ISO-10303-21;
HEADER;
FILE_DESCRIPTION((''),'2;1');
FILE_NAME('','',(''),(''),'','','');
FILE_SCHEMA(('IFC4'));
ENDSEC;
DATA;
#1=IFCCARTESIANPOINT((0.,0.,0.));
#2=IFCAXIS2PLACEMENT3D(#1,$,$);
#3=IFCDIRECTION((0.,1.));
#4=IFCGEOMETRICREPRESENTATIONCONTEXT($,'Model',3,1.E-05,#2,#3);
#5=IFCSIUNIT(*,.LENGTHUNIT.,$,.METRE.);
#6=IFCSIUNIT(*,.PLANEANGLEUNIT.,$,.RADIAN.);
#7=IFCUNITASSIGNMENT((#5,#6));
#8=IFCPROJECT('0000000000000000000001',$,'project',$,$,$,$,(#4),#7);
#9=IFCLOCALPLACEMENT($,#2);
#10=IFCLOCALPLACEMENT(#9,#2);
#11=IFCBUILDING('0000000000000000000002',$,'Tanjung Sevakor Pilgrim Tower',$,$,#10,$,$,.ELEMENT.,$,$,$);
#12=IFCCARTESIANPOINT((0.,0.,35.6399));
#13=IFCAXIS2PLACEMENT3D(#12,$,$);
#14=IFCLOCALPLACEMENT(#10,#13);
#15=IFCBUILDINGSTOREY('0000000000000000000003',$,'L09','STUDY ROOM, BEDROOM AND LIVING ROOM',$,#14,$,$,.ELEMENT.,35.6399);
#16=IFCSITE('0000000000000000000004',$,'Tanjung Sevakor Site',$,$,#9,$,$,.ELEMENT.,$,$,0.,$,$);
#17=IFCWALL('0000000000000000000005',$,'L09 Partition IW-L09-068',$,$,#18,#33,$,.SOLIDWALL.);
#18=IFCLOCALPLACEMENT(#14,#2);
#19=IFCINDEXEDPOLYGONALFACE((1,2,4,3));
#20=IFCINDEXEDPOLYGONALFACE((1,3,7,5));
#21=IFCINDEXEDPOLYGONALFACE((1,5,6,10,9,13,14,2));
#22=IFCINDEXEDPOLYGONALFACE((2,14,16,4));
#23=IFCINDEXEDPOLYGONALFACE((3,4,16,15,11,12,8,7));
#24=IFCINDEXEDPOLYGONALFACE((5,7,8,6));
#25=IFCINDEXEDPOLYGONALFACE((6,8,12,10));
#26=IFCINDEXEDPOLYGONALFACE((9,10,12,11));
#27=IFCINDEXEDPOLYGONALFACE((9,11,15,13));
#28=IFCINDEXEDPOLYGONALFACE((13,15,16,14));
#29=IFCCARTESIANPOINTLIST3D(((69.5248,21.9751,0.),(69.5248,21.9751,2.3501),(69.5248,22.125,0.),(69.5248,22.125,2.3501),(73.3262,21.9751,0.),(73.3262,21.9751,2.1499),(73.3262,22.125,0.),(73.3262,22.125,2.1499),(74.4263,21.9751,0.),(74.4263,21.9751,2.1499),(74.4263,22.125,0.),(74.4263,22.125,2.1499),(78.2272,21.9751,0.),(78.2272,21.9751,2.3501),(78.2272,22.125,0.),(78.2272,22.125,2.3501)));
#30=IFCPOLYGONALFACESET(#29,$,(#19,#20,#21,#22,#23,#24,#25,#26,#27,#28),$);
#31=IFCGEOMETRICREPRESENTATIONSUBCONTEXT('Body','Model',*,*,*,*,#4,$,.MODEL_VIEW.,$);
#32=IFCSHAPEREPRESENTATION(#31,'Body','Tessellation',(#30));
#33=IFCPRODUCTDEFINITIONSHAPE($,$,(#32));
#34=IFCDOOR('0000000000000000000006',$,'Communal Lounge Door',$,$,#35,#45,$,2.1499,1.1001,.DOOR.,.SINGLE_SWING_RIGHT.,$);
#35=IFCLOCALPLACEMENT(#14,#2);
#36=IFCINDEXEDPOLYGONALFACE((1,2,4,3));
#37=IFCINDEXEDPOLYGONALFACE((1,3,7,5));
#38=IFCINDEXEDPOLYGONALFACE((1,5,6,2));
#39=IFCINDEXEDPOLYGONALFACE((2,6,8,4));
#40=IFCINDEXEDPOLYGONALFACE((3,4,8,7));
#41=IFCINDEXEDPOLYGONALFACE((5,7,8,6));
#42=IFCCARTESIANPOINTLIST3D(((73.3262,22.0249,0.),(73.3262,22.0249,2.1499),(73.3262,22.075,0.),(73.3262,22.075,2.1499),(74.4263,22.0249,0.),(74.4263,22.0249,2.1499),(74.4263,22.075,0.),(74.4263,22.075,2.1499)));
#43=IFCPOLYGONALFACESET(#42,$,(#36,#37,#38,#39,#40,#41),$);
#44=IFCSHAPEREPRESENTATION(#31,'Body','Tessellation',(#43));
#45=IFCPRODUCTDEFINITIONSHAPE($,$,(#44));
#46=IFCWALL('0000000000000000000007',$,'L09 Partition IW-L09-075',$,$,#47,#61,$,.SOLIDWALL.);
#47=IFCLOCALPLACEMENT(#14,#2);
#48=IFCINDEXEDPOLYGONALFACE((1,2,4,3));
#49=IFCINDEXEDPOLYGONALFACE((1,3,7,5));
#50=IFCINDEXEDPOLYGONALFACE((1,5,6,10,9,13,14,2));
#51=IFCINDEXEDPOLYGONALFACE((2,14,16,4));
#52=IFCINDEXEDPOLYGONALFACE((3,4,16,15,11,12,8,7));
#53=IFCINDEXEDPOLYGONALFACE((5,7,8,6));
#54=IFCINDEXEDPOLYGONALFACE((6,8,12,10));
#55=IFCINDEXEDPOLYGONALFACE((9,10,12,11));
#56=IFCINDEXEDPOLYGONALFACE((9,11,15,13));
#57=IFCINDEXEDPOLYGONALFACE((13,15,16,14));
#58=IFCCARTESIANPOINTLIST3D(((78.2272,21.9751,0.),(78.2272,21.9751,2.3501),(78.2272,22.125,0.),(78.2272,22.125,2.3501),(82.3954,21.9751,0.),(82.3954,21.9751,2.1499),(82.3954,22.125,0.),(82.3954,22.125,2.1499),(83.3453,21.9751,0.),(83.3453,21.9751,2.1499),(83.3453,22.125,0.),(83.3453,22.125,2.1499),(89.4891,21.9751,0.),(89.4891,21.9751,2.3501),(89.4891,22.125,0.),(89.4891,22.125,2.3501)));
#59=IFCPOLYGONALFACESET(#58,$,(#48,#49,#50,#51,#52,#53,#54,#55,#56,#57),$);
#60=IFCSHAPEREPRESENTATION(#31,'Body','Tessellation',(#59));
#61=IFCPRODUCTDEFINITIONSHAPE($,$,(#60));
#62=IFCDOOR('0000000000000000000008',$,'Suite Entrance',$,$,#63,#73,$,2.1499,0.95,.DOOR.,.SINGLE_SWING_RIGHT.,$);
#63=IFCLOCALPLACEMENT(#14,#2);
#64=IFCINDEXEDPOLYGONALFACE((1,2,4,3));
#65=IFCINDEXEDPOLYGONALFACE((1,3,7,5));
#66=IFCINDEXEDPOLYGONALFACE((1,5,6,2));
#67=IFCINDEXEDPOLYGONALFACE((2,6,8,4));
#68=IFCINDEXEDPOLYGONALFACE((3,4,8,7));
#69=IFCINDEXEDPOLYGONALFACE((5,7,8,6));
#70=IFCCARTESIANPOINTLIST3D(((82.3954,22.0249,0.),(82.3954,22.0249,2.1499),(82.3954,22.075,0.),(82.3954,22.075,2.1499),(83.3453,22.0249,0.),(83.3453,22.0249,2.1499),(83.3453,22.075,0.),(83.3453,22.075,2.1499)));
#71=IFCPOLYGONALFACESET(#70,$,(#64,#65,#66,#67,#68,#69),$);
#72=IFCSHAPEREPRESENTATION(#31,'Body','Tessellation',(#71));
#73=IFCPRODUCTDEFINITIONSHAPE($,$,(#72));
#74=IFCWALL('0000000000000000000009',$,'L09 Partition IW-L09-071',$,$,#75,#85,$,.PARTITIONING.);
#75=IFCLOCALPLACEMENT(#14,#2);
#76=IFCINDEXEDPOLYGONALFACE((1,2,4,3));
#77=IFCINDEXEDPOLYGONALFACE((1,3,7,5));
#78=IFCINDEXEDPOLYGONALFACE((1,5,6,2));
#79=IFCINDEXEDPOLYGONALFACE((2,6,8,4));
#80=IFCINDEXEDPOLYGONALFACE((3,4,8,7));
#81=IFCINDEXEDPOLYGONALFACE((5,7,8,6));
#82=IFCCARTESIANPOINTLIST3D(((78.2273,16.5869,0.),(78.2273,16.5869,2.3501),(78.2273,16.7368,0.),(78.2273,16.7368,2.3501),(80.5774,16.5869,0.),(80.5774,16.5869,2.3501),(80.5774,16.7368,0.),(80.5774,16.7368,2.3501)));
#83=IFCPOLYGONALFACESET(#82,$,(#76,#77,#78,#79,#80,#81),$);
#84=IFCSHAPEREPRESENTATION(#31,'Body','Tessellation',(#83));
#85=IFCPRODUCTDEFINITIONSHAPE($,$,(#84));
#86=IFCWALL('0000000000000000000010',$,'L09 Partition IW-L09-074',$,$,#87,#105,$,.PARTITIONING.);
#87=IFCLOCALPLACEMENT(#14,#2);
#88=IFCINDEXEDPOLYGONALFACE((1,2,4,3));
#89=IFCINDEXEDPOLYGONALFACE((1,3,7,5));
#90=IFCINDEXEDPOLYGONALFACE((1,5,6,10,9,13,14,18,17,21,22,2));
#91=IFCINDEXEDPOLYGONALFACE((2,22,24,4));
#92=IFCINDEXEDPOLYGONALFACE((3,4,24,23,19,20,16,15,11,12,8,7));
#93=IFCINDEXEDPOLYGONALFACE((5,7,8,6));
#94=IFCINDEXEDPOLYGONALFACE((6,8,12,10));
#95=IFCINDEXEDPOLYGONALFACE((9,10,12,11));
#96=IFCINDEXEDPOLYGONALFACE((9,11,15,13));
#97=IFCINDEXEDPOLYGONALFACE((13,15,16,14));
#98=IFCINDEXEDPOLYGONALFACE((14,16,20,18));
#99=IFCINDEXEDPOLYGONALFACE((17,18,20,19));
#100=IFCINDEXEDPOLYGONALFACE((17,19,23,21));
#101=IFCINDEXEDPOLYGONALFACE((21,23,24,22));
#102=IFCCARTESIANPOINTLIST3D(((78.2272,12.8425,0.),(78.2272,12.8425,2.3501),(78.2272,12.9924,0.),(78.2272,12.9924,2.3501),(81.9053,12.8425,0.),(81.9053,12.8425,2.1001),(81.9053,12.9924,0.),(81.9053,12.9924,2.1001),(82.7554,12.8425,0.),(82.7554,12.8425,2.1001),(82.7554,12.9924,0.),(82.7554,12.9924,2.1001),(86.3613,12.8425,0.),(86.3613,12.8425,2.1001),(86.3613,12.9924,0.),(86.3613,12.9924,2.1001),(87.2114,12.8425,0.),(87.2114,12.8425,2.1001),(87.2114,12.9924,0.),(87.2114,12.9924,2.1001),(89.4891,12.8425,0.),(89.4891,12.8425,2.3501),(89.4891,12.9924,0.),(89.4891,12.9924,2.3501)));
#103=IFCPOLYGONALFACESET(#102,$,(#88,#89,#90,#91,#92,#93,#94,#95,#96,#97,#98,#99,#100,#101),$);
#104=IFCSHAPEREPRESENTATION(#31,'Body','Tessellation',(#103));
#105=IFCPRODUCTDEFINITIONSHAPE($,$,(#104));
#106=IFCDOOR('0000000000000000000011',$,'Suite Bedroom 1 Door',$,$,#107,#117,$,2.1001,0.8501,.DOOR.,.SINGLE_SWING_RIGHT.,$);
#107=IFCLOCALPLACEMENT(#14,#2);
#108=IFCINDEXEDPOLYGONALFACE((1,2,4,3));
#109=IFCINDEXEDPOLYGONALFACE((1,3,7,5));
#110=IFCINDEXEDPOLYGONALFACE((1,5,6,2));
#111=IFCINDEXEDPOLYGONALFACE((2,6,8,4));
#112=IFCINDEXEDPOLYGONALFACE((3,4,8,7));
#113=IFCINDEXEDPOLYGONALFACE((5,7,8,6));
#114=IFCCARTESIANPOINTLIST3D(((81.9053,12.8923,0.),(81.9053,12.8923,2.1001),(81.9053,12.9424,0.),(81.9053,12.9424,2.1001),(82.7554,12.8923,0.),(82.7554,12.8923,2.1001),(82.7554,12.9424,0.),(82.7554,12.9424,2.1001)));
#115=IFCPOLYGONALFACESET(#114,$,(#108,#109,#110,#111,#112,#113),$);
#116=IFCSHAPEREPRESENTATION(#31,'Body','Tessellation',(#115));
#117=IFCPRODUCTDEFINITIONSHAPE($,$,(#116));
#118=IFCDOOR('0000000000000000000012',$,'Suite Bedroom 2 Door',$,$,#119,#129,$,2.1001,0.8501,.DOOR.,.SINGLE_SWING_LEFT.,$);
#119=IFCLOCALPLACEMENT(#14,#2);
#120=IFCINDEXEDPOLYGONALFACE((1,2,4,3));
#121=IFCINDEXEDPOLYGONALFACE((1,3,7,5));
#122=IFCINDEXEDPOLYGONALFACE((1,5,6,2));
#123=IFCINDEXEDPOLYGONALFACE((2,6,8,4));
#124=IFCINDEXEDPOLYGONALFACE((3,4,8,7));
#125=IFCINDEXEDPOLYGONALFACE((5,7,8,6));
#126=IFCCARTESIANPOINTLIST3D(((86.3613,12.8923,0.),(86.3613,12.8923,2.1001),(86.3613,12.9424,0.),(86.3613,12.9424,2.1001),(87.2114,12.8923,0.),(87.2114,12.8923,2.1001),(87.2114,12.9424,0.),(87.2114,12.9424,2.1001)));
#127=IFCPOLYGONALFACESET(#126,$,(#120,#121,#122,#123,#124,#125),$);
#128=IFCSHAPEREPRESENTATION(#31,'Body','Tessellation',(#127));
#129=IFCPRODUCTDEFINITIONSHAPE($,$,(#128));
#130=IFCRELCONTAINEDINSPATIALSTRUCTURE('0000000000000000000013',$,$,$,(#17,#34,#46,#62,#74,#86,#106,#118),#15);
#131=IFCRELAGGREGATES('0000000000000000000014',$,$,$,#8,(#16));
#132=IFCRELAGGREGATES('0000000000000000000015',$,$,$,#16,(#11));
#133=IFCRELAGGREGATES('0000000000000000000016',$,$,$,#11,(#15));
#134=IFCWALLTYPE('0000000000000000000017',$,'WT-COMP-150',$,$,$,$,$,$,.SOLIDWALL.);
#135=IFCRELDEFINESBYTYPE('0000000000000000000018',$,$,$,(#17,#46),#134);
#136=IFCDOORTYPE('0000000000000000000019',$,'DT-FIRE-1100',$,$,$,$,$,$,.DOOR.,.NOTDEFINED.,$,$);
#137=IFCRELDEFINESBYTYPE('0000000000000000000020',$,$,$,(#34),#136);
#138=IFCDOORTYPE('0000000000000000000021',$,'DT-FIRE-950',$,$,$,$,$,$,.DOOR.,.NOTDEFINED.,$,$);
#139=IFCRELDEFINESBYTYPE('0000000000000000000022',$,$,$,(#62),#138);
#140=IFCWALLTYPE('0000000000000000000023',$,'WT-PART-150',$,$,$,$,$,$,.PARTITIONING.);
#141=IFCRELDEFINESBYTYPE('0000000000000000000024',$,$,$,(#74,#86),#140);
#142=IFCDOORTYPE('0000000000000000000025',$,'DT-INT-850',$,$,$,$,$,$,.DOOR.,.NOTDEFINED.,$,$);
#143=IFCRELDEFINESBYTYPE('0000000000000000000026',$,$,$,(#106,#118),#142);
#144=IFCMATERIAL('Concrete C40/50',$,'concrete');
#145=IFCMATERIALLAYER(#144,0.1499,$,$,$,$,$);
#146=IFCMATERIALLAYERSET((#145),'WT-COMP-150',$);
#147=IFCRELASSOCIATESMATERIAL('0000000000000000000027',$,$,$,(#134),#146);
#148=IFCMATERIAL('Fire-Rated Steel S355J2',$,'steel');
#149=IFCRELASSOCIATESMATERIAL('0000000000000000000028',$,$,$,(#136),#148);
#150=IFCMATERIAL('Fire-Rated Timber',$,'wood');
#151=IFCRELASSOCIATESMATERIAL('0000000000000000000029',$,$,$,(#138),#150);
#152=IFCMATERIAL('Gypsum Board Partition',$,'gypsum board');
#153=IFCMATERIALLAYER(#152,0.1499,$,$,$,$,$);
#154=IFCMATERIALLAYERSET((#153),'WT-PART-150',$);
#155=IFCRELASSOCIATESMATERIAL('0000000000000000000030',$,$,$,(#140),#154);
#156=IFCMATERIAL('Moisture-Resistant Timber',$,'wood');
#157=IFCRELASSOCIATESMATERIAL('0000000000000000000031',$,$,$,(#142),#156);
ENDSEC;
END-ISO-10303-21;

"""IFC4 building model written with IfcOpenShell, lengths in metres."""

from ifc_helpers import new_model, si_unit, direction, frame, frame_2d, origin, place, context, subcontext, project, spatial, rectangle, extrude, material, layer, layer_set, type_object, element, fill, save


model = new_model("IFC4")

# Units and contexts
model_context = context("Model", 3, precision=1e-05, world=origin(), true_north=direction((0.0, 1.0)))
body_context = subcontext(model_context, "Body", "Model", "MODEL_VIEW")
ifc_project = project(units=[si_unit("LENGTHUNIT", "METRE"), si_unit("PLANEANGLEUNIT", "RADIAN")], contexts=[model_context])

# Site, building, storey
site_placement = place(None, origin())
site = spatial("IfcSite", under=ifc_project, at=site_placement, Name="Tanjung Sevakor Site", CompositionType="ELEMENT", RefElevation=0.0)
building_placement = place(site_placement, origin())
building = spatial("IfcBuilding", under=site, at=building_placement, Name="Tanjung Sevakor Pilgrim Tower", CompositionType="ELEMENT")
storey_placement = place(building_placement, frame((0.0, 0.0, 35.6399)))
storey = spatial("IfcBuildingStorey", under=building, at=storey_placement, Name="L09", Description="STUDY ROOM, BEDROOM AND LIVING ROOM", CompositionType="ELEMENT", Elevation=35.6399)

# Shared definitions
ifc_material_1 = material(Name="Concrete C40/50", Category="concrete")
ifc_layer_1 = layer(ifc_material_1, 0.1499)
ifc_layer_set_1 = layer_set([ifc_layer_1], Name="WT-COMP-150")
wall_type_1 = type_object("IfcWallType", Name="WT-COMP-150", PredefinedType="SOLIDWALL", material=ifc_layer_set_1)

# Walls, openings, doors
wall_1_placement = place(storey_placement, frame((69.5249, 22.05, 0.0), z_axis=(0.0, 0.0, 1.0), x_axis=(1.0, 0.0, 0.0)))
wall_1 = element("IfcWall", 1, at=wall_1_placement, inside=storey, type_object=wall_type_1, Name="L09 Partition IW-L09-068", PredefinedType="SOLIDWALL", context=body_context, shape_type="SweptSolid", body=[
    extrude(rectangle(XDim=8.7024, YDim=0.1499, at=frame_2d((4.3511, 0.0))), origin(), (0.0, 0.0, 1.0), 2.3501),
])
opening_1_placement = place(wall_1_placement, frame((3.8013, 0.0, 0.0)))
opening_1 = element("IfcOpeningElement", 2, at=opening_1_placement, cuts=wall_1, PredefinedType="OPENING", context=body_context, shape_type="SweptSolid", body=[
    extrude(rectangle(XDim=1.1001, YDim=2.1499, at=frame_2d((0.55, 1.075))), frame((0.0, 0.085, 0.0), z_axis=(0.0, -1.0, 0.0), x_axis=(1.0, 0.0, 0.0)), (0.0, 0.0, 1.0), 0.1699),
])
ifc_material_2 = material(Name="Fire-Rated Steel S355J2", Category="steel")
door_type_1 = type_object("IfcDoorType", Name="DT-FIRE-1100", OperationType="NOTDEFINED", PredefinedType="DOOR", material=ifc_material_2)
door_1_placement = place(opening_1_placement, origin())
door_1 = element("IfcDoor", 3, at=door_1_placement, inside=storey, type_object=door_type_1, Name="Communal Lounge Door", OperationType="SINGLE_SWING_RIGHT", OverallHeight=2.1499, OverallWidth=1.1001, PredefinedType="DOOR", context=body_context, shape_type="SweptSolid", body=[
    extrude(rectangle(XDim=1.1001, YDim=2.1499, at=frame_2d((0.55, 1.075))), frame((0.0, 0.0249, 0.0), z_axis=(0.0, -1.0, 0.0), x_axis=(1.0, 0.0, 0.0)), (0.0, 0.0, 1.0), 0.05),
])
fill(opening_1, door_1)
wall_2_placement = place(storey_placement, frame((78.2273, 22.05, 0.0), z_axis=(0.0, 0.0, 1.0), x_axis=(1.0, 0.0, 0.0)))
wall_2 = element("IfcWall", 4, at=wall_2_placement, inside=storey, type_object=wall_type_1, Name="L09 Partition IW-L09-075", PredefinedType="SOLIDWALL", context=body_context, shape_type="SweptSolid", body=[
    extrude(rectangle(XDim=11.262, YDim=0.1499, at=frame_2d((5.6309, 0.0))), origin(), (0.0, 0.0, 1.0), 2.3501),
])
opening_2_placement = place(wall_2_placement, frame((4.168, 0.0, 0.0)))
opening_2 = element("IfcOpeningElement", 5, at=opening_2_placement, cuts=wall_2, PredefinedType="OPENING", context=body_context, shape_type="SweptSolid", body=[
    extrude(rectangle(XDim=0.95, YDim=2.1499, at=frame_2d((0.4751, 1.075))), frame((0.0, 0.085, 0.0), z_axis=(0.0, -1.0, 0.0), x_axis=(1.0, 0.0, 0.0)), (0.0, 0.0, 1.0), 0.1699),
])
ifc_material_3 = material(Name="Fire-Rated Timber", Category="wood")
door_type_2 = type_object("IfcDoorType", Name="DT-FIRE-950", OperationType="NOTDEFINED", PredefinedType="DOOR", material=ifc_material_3)
door_2_placement = place(opening_2_placement, origin())
door_2 = element("IfcDoor", 6, at=door_2_placement, inside=storey, type_object=door_type_2, Name="Suite Entrance", OperationType="SINGLE_SWING_RIGHT", OverallHeight=2.1499, OverallWidth=0.95, PredefinedType="DOOR", context=body_context, shape_type="SweptSolid", body=[
    extrude(rectangle(XDim=0.95, YDim=2.1499, at=frame_2d((0.4751, 1.075))), frame((0.0, 0.0249, 0.0), z_axis=(0.0, -1.0, 0.0), x_axis=(1.0, 0.0, 0.0)), (0.0, 0.0, 1.0), 0.05),
])
fill(opening_2, door_2)

# Wall
ifc_material_4 = material(Name="Gypsum Board Partition", Category="gypsum board")
ifc_layer_2 = layer(ifc_material_4, 0.1499)
ifc_layer_set_2 = layer_set([ifc_layer_2], Name="WT-PART-150")
wall_type_2 = type_object("IfcWallType", Name="WT-PART-150", PredefinedType="PARTITIONING", material=ifc_layer_set_2)
wall_3_placement = place(storey_placement, frame((78.2273, 16.6619, 0.0), z_axis=(0.0, 0.0, 1.0), x_axis=(1.0, 0.0, 0.0)))
element("IfcWall", 7, at=wall_3_placement, inside=storey, type_object=wall_type_2, Name="L09 Partition IW-L09-071", PredefinedType="PARTITIONING", context=body_context, shape_type="SweptSolid", body=[
    extrude(rectangle(XDim=2.3501, YDim=0.1499, at=frame_2d((1.175, 0.0))), origin(), (0.0, 0.0, 1.0), 2.3501),
])

# Wall, openings, doors
wall_4_placement = place(storey_placement, frame((78.2273, 12.9175, 0.0), z_axis=(0.0, 0.0, 1.0), x_axis=(1.0, 0.0, 0.0)))
wall_4 = element("IfcWall", 8, at=wall_4_placement, inside=storey, type_object=wall_type_2, Name="L09 Partition IW-L09-074", PredefinedType="PARTITIONING", context=body_context, shape_type="SweptSolid", body=[
    extrude(rectangle(XDim=11.262, YDim=0.1499, at=frame_2d((5.6309, 0.0))), origin(), (0.0, 0.0, 1.0), 2.3501),
])
opening_3_placement = place(wall_4_placement, frame((3.678, 0.0, 0.0)))
opening_3 = element("IfcOpeningElement", 9, at=opening_3_placement, cuts=wall_4, PredefinedType="OPENING", context=body_context, shape_type="SweptSolid", body=[
    extrude(rectangle(XDim=0.8501, YDim=2.1001, at=frame_2d((0.425, 1.05))), frame((0.0, 0.085, 0.0), z_axis=(0.0, -1.0, 0.0), x_axis=(1.0, 0.0, 0.0)), (0.0, 0.0, 1.0), 0.1699),
])
opening_4_placement = place(wall_4_placement, frame((8.134, 0.0, 0.0)))
opening_4 = element("IfcOpeningElement", 10, at=opening_4_placement, cuts=wall_4, PredefinedType="OPENING", context=body_context, shape_type="SweptSolid", body=[
    extrude(rectangle(XDim=0.8501, YDim=2.1001, at=frame_2d((0.425, 1.05))), frame((0.0, 0.085, 0.0), z_axis=(0.0, -1.0, 0.0), x_axis=(1.0, 0.0, 0.0)), (0.0, 0.0, 1.0), 0.1699),
])
ifc_material_5 = material(Name="Moisture-Resistant Timber", Category="wood")
door_type_3 = type_object("IfcDoorType", Name="DT-INT-850", OperationType="NOTDEFINED", PredefinedType="DOOR", material=ifc_material_5)
door_3_placement = place(opening_3_placement, origin())
door_3 = element("IfcDoor", 11, at=door_3_placement, inside=storey, type_object=door_type_3, Name="Suite Bedroom 1 Door", OperationType="SINGLE_SWING_RIGHT", OverallHeight=2.1001, OverallWidth=0.8501, PredefinedType="DOOR", context=body_context, shape_type="SweptSolid", body=[
    extrude(rectangle(XDim=0.8501, YDim=2.1001, at=frame_2d((0.425, 1.05))), frame((0.0, 0.0249, 0.0), z_axis=(0.0, -1.0, 0.0), x_axis=(1.0, 0.0, 0.0)), (0.0, 0.0, 1.0), 0.05),
])
fill(opening_3, door_3)
door_4_placement = place(opening_4_placement, origin())
door_4 = element("IfcDoor", 12, at=door_4_placement, inside=storey, type_object=door_type_3, Name="Suite Bedroom 2 Door", OperationType="SINGLE_SWING_LEFT", OverallHeight=2.1001, OverallWidth=0.8501, PredefinedType="DOOR", context=body_context, shape_type="SweptSolid", body=[
    extrude(rectangle(XDim=0.8501, YDim=2.1001, at=frame_2d((0.425, 1.05))), frame((0.0, 0.0249, 0.0), z_axis=(0.0, -1.0, 0.0), x_axis=(1.0, 0.0, 0.0)), (0.0, 0.0, 1.0), 0.05),
])
fill(opening_4, door_4)

save(model, "model.ifc")
